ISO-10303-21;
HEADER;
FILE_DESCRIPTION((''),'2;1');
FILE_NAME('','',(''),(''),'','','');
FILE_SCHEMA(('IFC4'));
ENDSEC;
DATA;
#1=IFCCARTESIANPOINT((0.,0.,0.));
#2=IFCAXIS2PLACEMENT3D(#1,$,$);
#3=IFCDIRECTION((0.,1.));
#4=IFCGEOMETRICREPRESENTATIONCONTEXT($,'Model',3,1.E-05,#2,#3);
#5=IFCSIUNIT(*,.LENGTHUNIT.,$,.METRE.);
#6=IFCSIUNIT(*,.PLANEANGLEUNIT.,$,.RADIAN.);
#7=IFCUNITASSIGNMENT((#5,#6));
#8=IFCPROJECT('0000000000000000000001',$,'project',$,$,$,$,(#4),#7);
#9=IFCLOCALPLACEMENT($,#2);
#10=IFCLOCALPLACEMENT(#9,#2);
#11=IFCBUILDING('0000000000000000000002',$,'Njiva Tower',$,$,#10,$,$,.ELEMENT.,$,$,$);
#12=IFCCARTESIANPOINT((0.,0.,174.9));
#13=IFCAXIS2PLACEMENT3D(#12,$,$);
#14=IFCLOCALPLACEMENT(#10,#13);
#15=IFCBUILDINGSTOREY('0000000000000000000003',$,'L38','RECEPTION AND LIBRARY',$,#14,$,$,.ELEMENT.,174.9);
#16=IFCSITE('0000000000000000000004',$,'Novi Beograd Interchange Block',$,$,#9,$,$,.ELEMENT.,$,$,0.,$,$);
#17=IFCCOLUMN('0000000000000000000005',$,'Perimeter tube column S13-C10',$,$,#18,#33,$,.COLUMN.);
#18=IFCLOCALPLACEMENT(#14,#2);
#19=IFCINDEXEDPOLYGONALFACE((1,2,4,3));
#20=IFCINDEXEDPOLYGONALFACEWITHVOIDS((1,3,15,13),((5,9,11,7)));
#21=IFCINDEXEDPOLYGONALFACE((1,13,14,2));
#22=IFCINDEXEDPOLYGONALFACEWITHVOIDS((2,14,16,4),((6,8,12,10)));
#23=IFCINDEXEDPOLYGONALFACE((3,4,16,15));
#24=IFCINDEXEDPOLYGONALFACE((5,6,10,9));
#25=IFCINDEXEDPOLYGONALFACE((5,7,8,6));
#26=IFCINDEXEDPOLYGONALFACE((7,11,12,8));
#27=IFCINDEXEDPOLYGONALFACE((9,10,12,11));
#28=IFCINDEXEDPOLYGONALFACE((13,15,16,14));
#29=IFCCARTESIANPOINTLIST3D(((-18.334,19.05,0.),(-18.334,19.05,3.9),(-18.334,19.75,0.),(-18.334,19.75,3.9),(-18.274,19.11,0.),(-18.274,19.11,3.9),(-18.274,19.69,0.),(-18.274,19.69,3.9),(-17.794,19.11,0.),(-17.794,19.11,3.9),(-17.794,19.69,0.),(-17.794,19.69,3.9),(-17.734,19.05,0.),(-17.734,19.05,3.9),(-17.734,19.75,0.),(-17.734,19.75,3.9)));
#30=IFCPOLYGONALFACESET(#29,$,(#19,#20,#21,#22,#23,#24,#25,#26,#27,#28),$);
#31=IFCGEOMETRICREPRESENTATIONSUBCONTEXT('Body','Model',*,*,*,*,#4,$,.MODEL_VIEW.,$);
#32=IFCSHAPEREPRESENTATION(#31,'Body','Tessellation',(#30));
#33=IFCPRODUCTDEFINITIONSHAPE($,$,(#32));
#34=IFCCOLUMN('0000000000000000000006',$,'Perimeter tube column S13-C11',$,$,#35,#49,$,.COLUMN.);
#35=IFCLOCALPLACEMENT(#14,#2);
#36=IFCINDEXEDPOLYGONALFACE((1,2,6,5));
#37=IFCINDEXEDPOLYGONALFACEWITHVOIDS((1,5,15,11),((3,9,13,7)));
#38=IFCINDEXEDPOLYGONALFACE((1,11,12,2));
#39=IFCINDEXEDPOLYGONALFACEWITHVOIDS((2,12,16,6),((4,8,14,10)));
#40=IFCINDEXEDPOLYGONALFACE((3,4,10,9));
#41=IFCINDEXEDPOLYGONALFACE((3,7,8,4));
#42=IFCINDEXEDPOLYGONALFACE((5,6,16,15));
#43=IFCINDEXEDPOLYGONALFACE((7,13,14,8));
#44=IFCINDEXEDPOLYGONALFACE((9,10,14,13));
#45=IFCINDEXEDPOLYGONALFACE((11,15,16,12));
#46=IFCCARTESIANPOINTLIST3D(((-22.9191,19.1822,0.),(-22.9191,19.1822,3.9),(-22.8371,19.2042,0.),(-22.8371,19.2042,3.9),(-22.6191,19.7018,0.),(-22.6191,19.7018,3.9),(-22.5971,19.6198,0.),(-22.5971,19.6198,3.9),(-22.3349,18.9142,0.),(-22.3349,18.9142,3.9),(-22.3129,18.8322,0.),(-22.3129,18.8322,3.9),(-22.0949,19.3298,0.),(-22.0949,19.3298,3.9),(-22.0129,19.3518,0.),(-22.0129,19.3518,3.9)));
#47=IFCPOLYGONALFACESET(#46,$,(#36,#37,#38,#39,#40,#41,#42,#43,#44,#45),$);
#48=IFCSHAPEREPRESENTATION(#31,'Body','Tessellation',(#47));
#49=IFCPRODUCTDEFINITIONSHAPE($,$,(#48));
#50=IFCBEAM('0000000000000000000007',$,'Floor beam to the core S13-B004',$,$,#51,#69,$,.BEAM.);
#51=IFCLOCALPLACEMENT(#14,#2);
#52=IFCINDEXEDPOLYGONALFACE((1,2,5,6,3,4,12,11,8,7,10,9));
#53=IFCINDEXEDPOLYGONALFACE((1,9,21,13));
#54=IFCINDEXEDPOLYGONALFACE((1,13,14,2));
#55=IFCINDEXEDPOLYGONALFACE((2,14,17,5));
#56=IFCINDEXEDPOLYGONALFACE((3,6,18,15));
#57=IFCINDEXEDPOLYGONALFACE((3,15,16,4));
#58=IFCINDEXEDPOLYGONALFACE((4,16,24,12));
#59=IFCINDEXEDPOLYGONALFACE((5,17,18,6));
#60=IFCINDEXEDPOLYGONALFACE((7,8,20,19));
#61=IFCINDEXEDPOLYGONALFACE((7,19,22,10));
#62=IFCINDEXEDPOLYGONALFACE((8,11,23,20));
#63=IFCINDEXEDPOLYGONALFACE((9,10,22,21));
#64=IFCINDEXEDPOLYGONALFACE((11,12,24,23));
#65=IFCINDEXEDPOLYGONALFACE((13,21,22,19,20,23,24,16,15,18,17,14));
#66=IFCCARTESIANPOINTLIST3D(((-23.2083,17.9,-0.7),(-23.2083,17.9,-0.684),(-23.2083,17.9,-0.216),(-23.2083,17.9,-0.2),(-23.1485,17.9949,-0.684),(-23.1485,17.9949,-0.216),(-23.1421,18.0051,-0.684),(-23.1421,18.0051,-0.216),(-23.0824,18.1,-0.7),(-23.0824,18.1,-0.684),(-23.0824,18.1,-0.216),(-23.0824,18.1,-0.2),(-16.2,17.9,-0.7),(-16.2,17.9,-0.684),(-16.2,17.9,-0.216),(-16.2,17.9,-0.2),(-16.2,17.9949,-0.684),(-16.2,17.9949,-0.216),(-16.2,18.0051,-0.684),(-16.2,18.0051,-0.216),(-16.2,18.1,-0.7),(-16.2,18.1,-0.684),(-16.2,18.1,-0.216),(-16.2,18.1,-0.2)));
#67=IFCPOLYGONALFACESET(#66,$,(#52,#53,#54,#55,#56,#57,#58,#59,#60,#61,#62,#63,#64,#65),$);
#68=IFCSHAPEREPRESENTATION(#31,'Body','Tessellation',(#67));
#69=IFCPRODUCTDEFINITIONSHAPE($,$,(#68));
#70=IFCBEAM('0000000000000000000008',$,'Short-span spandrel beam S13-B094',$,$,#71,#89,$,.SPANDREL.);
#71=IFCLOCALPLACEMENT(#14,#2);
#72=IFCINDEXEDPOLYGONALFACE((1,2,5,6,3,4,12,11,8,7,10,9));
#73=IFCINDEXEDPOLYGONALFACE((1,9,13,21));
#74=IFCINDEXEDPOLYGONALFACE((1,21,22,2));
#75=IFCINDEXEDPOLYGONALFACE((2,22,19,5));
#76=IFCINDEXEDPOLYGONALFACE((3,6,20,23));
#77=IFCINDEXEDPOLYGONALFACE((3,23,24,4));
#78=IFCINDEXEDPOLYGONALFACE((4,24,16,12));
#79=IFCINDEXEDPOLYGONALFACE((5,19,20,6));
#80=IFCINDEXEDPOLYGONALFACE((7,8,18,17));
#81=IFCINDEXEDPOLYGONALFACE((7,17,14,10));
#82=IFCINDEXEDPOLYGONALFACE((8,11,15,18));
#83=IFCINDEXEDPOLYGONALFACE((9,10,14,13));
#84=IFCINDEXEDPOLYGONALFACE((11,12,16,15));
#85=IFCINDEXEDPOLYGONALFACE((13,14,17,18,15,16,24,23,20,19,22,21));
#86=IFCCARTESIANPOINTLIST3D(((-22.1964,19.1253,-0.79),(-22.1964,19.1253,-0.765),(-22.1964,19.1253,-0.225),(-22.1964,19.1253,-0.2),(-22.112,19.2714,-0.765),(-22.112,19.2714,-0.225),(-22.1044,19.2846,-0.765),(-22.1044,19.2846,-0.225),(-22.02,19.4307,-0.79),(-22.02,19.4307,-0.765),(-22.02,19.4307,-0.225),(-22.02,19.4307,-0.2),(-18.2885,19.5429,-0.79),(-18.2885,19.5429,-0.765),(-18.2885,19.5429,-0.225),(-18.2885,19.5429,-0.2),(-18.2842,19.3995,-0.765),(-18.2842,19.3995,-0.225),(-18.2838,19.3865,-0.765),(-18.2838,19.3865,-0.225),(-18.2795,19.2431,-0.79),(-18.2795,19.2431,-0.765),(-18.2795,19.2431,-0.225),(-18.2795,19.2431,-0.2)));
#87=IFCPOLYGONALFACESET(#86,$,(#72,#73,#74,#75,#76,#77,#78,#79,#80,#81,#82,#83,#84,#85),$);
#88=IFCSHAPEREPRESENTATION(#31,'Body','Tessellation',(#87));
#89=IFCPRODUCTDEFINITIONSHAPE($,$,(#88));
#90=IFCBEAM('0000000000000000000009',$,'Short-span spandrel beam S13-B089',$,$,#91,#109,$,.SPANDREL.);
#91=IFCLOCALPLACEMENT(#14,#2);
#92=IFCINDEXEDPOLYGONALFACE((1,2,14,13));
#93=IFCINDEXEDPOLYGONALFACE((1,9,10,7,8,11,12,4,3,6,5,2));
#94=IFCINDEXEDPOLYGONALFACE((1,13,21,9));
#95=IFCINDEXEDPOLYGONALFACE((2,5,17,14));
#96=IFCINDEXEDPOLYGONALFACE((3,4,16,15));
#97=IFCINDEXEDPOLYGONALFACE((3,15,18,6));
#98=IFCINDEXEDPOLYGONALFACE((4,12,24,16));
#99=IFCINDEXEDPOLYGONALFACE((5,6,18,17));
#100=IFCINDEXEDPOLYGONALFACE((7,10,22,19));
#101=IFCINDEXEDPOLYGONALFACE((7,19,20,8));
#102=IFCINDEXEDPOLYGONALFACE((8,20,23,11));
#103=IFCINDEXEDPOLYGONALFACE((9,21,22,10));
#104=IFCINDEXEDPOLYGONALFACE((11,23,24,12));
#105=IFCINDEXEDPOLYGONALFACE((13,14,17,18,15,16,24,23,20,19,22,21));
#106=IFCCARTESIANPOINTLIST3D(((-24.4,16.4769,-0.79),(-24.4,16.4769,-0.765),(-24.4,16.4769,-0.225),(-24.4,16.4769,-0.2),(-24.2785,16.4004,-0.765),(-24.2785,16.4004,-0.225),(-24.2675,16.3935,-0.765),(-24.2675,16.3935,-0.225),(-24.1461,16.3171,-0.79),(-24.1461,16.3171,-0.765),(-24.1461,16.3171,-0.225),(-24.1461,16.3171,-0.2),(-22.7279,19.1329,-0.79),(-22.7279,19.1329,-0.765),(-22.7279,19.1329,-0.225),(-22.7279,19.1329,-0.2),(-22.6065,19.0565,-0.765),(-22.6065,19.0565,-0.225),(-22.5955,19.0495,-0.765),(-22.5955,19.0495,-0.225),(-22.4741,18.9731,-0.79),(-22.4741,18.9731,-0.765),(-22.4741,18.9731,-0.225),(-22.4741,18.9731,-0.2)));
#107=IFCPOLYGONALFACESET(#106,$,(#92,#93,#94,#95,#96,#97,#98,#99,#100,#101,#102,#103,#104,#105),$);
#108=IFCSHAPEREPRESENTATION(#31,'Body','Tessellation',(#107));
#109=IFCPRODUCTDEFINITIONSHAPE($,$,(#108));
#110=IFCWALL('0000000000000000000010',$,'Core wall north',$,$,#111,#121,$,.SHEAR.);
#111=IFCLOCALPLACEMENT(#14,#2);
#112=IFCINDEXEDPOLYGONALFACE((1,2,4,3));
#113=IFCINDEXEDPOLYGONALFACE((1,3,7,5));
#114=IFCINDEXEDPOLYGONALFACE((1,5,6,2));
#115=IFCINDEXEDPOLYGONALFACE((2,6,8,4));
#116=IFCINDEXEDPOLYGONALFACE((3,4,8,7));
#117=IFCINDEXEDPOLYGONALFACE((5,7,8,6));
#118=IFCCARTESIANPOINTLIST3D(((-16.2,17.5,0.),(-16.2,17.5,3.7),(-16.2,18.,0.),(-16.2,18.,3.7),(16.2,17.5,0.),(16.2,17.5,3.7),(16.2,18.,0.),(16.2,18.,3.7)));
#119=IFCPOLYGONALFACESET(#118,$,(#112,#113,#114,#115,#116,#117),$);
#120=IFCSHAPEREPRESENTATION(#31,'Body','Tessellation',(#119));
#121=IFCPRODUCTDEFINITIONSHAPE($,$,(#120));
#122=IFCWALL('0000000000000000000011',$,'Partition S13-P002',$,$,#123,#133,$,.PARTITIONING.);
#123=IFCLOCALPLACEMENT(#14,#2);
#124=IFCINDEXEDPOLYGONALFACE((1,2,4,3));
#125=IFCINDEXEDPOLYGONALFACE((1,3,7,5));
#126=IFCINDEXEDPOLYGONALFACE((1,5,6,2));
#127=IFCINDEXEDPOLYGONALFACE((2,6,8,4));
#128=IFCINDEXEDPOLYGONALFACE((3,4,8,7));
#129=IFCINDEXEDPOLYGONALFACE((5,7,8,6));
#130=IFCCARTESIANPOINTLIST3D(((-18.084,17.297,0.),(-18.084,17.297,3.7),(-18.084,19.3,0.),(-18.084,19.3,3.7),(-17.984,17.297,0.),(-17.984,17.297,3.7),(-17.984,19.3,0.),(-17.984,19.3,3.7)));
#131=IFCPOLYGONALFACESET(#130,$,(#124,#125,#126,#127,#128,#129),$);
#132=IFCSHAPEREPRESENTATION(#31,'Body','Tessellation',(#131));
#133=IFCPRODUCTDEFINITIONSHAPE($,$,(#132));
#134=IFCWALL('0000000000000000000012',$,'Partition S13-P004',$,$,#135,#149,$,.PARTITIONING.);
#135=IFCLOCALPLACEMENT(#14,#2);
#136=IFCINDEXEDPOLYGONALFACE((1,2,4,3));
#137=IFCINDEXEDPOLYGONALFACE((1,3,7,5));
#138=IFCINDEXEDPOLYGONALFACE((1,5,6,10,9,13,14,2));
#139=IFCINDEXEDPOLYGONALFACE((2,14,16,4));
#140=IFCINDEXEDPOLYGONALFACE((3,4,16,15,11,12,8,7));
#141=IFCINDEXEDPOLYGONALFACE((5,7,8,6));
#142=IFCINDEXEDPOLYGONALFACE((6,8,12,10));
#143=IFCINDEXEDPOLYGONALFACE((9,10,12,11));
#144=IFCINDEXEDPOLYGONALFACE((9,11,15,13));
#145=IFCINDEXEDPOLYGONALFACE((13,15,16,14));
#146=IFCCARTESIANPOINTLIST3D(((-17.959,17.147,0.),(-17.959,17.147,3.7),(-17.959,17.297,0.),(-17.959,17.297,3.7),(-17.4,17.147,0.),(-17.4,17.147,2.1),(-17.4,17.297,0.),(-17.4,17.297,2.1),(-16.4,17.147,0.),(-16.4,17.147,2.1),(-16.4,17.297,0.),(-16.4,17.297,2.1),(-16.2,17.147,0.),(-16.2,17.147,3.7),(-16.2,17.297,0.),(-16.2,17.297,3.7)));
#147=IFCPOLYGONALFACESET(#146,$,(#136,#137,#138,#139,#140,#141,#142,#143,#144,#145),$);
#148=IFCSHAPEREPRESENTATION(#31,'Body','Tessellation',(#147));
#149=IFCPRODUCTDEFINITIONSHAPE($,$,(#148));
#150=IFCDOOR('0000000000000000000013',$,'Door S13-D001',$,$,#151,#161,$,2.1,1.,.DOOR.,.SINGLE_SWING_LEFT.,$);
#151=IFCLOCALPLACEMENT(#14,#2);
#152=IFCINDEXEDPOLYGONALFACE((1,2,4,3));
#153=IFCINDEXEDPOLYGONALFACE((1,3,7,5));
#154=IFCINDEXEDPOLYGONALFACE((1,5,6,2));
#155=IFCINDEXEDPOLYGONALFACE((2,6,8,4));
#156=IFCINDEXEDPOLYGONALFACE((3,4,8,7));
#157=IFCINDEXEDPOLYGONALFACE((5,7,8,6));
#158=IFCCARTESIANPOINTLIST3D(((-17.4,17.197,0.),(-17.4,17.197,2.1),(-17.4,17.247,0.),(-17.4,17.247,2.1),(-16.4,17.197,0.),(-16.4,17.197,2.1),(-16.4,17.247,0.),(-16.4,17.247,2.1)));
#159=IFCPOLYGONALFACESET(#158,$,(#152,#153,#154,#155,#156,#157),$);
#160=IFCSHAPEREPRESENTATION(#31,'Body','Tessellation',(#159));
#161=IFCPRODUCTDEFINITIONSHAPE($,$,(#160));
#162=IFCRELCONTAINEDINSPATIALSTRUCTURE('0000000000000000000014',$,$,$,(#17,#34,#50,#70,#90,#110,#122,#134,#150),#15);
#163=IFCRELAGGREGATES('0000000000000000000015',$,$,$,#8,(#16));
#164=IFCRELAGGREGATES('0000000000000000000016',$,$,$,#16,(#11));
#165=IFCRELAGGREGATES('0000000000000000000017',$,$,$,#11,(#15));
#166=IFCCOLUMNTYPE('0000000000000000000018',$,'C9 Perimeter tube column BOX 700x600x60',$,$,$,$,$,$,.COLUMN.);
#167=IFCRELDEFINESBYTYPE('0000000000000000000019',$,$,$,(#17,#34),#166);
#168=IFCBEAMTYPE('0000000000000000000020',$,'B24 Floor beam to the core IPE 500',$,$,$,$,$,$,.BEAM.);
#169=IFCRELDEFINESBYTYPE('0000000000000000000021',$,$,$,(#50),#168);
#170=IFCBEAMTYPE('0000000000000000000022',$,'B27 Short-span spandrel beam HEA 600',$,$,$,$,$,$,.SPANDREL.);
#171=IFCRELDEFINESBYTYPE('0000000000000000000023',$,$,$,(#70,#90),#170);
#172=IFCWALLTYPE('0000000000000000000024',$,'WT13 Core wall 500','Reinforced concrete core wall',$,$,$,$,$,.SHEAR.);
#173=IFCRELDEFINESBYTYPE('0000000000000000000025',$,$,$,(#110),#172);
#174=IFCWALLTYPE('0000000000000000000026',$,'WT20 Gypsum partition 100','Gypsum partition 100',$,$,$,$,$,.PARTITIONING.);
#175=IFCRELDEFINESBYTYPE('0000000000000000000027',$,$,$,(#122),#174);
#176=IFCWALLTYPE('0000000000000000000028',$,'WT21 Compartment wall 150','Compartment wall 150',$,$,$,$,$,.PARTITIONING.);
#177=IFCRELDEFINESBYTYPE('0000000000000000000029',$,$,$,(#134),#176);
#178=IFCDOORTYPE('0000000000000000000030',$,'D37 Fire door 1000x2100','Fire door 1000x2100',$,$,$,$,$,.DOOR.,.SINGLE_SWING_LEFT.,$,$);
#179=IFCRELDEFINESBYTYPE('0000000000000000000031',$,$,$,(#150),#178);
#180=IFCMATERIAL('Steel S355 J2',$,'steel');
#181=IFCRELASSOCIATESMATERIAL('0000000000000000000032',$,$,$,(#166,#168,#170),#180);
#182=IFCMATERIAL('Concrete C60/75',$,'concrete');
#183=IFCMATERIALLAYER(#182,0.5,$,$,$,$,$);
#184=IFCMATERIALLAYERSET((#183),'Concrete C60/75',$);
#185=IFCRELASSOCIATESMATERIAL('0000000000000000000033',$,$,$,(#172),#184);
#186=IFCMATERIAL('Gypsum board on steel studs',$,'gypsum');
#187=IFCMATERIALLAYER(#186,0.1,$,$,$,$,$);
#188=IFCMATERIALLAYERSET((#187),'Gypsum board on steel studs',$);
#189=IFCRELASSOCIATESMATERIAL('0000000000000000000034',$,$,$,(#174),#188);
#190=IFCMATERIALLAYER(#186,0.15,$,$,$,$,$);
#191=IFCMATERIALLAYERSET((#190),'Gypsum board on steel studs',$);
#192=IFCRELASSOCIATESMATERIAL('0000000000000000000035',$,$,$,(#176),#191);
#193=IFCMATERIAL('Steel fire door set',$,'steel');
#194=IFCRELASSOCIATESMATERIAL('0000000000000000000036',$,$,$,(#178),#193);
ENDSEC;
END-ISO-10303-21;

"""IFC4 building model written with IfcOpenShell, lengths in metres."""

from ifc_helpers import new_model, si_unit, direction, frame, frame_2d, origin, origin_2d, place, context, subcontext, project, spatial, rectangle, hollow_rectangle, i_section, extrude, clip, halfspace, material, layer, layer_set, material_profile, profile_set, type_object, element, fill, save


model = new_model("IFC4")

# Units and contexts
model_context = context("Model", 3, precision=1e-05, world=origin(), true_north=direction((0.0, 1.0)))
body_context = subcontext(model_context, "Body", "Model", "MODEL_VIEW")
ifc_project = project(units=[si_unit("LENGTHUNIT", "METRE"), si_unit("PLANEANGLEUNIT", "RADIAN")], contexts=[model_context])

# Site, building, storey
site_placement = place(None, origin())
site = spatial("IfcSite", under=ifc_project, at=site_placement, Name="Novi Beograd Interchange Block", CompositionType="ELEMENT", RefElevation=0.0)
building_placement = place(site_placement, origin())
building = spatial("IfcBuilding", under=site, at=building_placement, Name="Njiva Tower", CompositionType="ELEMENT")
storey_placement = place(building_placement, frame((0.0, 0.0, 174.9)))
storey = spatial("IfcBuildingStorey", under=building, at=storey_placement, Name="L38", Description="RECEPTION AND LIBRARY", CompositionType="ELEMENT", Elevation=174.9)

# Columns
ifc_material_1 = material(Name="Steel S355 J2", Category="steel")
ifc_material_profile_1 = material_profile(ifc_material_1, hollow_rectangle(XDim=0.6, YDim=0.7, WallThickness=0.06, at=origin_2d()), Name="BOX 700x600x60")
ifc_profile_set_1 = profile_set([ifc_material_profile_1], Name="Steel S355 J2")
column_type = type_object("IfcColumnType", Name="C9 Perimeter tube column BOX 700x600x60", PredefinedType="COLUMN", material=ifc_profile_set_1)
for number, where, z_axis, x_axis, name in (
    (1, (-18.034, 19.4, 0.0), (0.0, 0.0, 1.0), (-1.0, 0.0, 0.0), "Perimeter tube column S13-C10"),
    (2, (-22.466, 19.267, 0.0), (0.0, 0.0, 1.0), (-0.5, -0.866025, 0.0), "Perimeter tube column S13-C11"),
):
    element("IfcColumn", number, at=place(storey_placement, frame(where, z_axis=z_axis, x_axis=x_axis)), inside=storey, type_object=column_type, Name=name, PredefinedType="COLUMN", context=body_context, shape_type="SweptSolid", body=[
        extrude(hollow_rectangle(XDim=0.6, YDim=0.7, WallThickness=0.06, at=origin_2d()), origin(), (0.0, 0.0, 1.0), 3.9),
    ])

# Beams
ifc_material_profile_2 = material_profile(ifc_material_1, i_section(OverallWidth=0.2, OverallDepth=0.5, WebThickness=0.0102, FlangeThickness=0.016, at=origin_2d()), Name="IPE 500")
ifc_profile_set_2 = profile_set([ifc_material_profile_2], Name="Steel S355 J2")
beam_type_1 = type_object("IfcBeamType", Name="B24 Floor beam to the core IPE 500", PredefinedType="BEAM", material=ifc_profile_set_2)
beam_1_placement = place(storey_placement, frame((-23.228, 18.0, -0.45), z_axis=(1.0, 0.0, 0.0), x_axis=(0.0, 1.0, 0.0)))
element("IfcBeam", 3, at=beam_1_placement, inside=storey, type_object=beam_type_1, Name="Floor beam to the core S13-B004", PredefinedType="BEAM", context=body_context, shape_type="Clipping", body=[
    clip(extrude(i_section(OverallWidth=0.2, OverallDepth=0.5, WebThickness=0.0102, FlangeThickness=0.016, at=origin_2d()), origin(), (0.0, 0.0, 1.0), 7.028), halfspace(frame((0.0266, 0.0, 0.0994), z_axis=(0.532629, 0.0, -0.846349), x_axis=(0.0, -1.0, 0.0)), False)),
])
ifc_material_profile_3 = material_profile(ifc_material_1, i_section(OverallWidth=0.3, OverallDepth=0.59, WebThickness=0.013, FlangeThickness=0.025, at=origin_2d()), Name="HEA 600")
ifc_profile_set_3 = profile_set([ifc_material_profile_3], Name="Steel S355 J2")
beam_type_2 = type_object("IfcBeamType", Name="B27 Short-span spandrel beam HEA 600", PredefinedType="SPANDREL", material=ifc_profile_set_3)
beam_2_placement = place(storey_placement, frame((-18.284, 19.393, -0.495), z_axis=(-0.999548, -0.03006, 0.0), x_axis=(0.03006, -0.999548, 0.0)))
element("IfcBeam", 4, at=beam_2_placement, inside=storey, type_object=beam_type_2, Name="Short-span spandrel beam S13-B094", PredefinedType="SPANDREL", context=body_context, shape_type="Clipping", body=[
    clip(extrude(i_section(OverallWidth=0.3, OverallDepth=0.59, WebThickness=0.013, FlangeThickness=0.025, at=origin_2d()), origin(), (0.0, 0.0, 1.0), 3.9387), halfspace(frame((-0.0259, 0.0, 3.8099), z_axis=(-0.525805, 0.0, 0.850605), x_axis=(0.0, 1.0, 0.0)), False)),
])
beam_3_placement = place(storey_placement, frame((-22.601, 19.053, -0.495), z_axis=(-0.532746, -0.846275, 0.0), x_axis=(0.846275, -0.532746, 0.0)))
element("IfcBeam", 5, at=beam_3_placement, inside=storey, type_object=beam_type_2, Name="Short-span spandrel beam S13-B089", PredefinedType="SPANDREL", context=body_context, shape_type="SweptSolid", body=[
    extrude(i_section(OverallWidth=0.3, OverallDepth=0.59, WebThickness=0.013, FlangeThickness=0.025, at=origin_2d()), origin(), (0.0, 0.0, 1.0), 3.1385),
])

# Walls
ifc_material_2 = material(Name="Concrete C60/75", Category="concrete")
ifc_layer_1 = layer(ifc_material_2, 0.5)
ifc_layer_set_1 = layer_set([ifc_layer_1], Name="Concrete C60/75")
wall_type_1 = type_object("IfcWallType", Name="WT13 Core wall 500", Description="Reinforced concrete core wall", PredefinedType="SHEAR", material=ifc_layer_set_1)
wall_1_placement = place(storey_placement, frame((-16.2, 17.75, 0.0), z_axis=(0.0, 0.0, 1.0), x_axis=(1.0, 0.0, 0.0)))
element("IfcWall", 6, at=wall_1_placement, inside=storey, type_object=wall_type_1, Name="Core wall north", PredefinedType="SHEAR", context=body_context, shape_type="SweptSolid", body=[
    extrude(rectangle(XDim=32.4, YDim=0.5, at=frame_2d((16.2, 0.0))), origin(), (0.0, 0.0, 1.0), 3.7),
])
ifc_material_3 = material(Name="Gypsum board on steel studs", Category="gypsum")
ifc_layer_2 = layer(ifc_material_3, 0.1)
ifc_layer_set_2 = layer_set([ifc_layer_2], Name="Gypsum board on steel studs")
wall_type_2 = type_object("IfcWallType", Name="WT20 Gypsum partition 100", Description="Gypsum partition 100", PredefinedType="PARTITIONING", material=ifc_layer_set_2)
wall_2_placement = place(storey_placement, frame((-18.034, 17.297, 0.0), z_axis=(0.0, 0.0, 1.0), x_axis=(0.0, 1.0, 0.0)))
element("IfcWall", 7, at=wall_2_placement, inside=storey, type_object=wall_type_2, Name="Partition S13-P002", PredefinedType="PARTITIONING", context=body_context, shape_type="SweptSolid", body=[
    extrude(rectangle(XDim=2.003, YDim=0.1, at=frame_2d((1.0015, 0.0))), origin(), (0.0, 0.0, 1.0), 3.7),
])

# Wall, opening, door
ifc_layer_3 = layer(ifc_material_3, 0.15)
ifc_layer_set_3 = layer_set([ifc_layer_3], Name="Gypsum board on steel studs")
wall_type_3 = type_object("IfcWallType", Name="WT21 Compartment wall 150", Description="Compartment wall 150", PredefinedType="PARTITIONING", material=ifc_layer_set_3)
wall_3_placement = place(storey_placement, frame((-17.959, 17.222, 0.0), z_axis=(0.0, 0.0, 1.0), x_axis=(1.0, 0.0, 0.0)))
wall_3 = element("IfcWall", 8, at=wall_3_placement, inside=storey, type_object=wall_type_3, Name="Partition S13-P004", PredefinedType="PARTITIONING", context=body_context, shape_type="SweptSolid", body=[
    extrude(rectangle(XDim=1.759, YDim=0.15, at=frame_2d((0.8795, 0.0))), origin(), (0.0, 0.0, 1.0), 3.7),
])
opening_1_placement = place(wall_3_placement, frame((0.559, 0.0, 0.0)))
opening_1 = element("IfcOpeningElement", 9, at=opening_1_placement, cuts=wall_3, PredefinedType="OPENING", context=body_context, shape_type="SweptSolid", body=[
    extrude(rectangle(XDim=1.0, YDim=2.1, at=frame_2d((0.5, 1.05))), frame((0.0, 0.085, 0.0), z_axis=(0.0, -1.0, 0.0), x_axis=(1.0, 0.0, 0.0)), (0.0, 0.0, 1.0), 0.17),
])
ifc_material_4 = material(Name="Steel fire door set", Category="steel")
door_type = type_object("IfcDoorType", Name="D37 Fire door 1000x2100", Description="Fire door 1000x2100", OperationType="SINGLE_SWING_LEFT", PredefinedType="DOOR", material=ifc_material_4)
door_placement = place(opening_1_placement, origin())
door = element("IfcDoor", 10, at=door_placement, inside=storey, type_object=door_type, Name="Door S13-D001", OperationType="SINGLE_SWING_LEFT", OverallHeight=2.1, OverallWidth=1.0, PredefinedType="DOOR", context=body_context, shape_type="SweptSolid", body=[
    extrude(rectangle(XDim=1.0, YDim=2.1, at=frame_2d((0.5, 1.05))), frame((0.0, 0.025, 0.0), z_axis=(0.0, -1.0, 0.0), x_axis=(1.0, 0.0, 0.0)), (0.0, 0.0, 1.0), 0.05),
])
fill(opening_1, door)

save(model, "model.ifc")
